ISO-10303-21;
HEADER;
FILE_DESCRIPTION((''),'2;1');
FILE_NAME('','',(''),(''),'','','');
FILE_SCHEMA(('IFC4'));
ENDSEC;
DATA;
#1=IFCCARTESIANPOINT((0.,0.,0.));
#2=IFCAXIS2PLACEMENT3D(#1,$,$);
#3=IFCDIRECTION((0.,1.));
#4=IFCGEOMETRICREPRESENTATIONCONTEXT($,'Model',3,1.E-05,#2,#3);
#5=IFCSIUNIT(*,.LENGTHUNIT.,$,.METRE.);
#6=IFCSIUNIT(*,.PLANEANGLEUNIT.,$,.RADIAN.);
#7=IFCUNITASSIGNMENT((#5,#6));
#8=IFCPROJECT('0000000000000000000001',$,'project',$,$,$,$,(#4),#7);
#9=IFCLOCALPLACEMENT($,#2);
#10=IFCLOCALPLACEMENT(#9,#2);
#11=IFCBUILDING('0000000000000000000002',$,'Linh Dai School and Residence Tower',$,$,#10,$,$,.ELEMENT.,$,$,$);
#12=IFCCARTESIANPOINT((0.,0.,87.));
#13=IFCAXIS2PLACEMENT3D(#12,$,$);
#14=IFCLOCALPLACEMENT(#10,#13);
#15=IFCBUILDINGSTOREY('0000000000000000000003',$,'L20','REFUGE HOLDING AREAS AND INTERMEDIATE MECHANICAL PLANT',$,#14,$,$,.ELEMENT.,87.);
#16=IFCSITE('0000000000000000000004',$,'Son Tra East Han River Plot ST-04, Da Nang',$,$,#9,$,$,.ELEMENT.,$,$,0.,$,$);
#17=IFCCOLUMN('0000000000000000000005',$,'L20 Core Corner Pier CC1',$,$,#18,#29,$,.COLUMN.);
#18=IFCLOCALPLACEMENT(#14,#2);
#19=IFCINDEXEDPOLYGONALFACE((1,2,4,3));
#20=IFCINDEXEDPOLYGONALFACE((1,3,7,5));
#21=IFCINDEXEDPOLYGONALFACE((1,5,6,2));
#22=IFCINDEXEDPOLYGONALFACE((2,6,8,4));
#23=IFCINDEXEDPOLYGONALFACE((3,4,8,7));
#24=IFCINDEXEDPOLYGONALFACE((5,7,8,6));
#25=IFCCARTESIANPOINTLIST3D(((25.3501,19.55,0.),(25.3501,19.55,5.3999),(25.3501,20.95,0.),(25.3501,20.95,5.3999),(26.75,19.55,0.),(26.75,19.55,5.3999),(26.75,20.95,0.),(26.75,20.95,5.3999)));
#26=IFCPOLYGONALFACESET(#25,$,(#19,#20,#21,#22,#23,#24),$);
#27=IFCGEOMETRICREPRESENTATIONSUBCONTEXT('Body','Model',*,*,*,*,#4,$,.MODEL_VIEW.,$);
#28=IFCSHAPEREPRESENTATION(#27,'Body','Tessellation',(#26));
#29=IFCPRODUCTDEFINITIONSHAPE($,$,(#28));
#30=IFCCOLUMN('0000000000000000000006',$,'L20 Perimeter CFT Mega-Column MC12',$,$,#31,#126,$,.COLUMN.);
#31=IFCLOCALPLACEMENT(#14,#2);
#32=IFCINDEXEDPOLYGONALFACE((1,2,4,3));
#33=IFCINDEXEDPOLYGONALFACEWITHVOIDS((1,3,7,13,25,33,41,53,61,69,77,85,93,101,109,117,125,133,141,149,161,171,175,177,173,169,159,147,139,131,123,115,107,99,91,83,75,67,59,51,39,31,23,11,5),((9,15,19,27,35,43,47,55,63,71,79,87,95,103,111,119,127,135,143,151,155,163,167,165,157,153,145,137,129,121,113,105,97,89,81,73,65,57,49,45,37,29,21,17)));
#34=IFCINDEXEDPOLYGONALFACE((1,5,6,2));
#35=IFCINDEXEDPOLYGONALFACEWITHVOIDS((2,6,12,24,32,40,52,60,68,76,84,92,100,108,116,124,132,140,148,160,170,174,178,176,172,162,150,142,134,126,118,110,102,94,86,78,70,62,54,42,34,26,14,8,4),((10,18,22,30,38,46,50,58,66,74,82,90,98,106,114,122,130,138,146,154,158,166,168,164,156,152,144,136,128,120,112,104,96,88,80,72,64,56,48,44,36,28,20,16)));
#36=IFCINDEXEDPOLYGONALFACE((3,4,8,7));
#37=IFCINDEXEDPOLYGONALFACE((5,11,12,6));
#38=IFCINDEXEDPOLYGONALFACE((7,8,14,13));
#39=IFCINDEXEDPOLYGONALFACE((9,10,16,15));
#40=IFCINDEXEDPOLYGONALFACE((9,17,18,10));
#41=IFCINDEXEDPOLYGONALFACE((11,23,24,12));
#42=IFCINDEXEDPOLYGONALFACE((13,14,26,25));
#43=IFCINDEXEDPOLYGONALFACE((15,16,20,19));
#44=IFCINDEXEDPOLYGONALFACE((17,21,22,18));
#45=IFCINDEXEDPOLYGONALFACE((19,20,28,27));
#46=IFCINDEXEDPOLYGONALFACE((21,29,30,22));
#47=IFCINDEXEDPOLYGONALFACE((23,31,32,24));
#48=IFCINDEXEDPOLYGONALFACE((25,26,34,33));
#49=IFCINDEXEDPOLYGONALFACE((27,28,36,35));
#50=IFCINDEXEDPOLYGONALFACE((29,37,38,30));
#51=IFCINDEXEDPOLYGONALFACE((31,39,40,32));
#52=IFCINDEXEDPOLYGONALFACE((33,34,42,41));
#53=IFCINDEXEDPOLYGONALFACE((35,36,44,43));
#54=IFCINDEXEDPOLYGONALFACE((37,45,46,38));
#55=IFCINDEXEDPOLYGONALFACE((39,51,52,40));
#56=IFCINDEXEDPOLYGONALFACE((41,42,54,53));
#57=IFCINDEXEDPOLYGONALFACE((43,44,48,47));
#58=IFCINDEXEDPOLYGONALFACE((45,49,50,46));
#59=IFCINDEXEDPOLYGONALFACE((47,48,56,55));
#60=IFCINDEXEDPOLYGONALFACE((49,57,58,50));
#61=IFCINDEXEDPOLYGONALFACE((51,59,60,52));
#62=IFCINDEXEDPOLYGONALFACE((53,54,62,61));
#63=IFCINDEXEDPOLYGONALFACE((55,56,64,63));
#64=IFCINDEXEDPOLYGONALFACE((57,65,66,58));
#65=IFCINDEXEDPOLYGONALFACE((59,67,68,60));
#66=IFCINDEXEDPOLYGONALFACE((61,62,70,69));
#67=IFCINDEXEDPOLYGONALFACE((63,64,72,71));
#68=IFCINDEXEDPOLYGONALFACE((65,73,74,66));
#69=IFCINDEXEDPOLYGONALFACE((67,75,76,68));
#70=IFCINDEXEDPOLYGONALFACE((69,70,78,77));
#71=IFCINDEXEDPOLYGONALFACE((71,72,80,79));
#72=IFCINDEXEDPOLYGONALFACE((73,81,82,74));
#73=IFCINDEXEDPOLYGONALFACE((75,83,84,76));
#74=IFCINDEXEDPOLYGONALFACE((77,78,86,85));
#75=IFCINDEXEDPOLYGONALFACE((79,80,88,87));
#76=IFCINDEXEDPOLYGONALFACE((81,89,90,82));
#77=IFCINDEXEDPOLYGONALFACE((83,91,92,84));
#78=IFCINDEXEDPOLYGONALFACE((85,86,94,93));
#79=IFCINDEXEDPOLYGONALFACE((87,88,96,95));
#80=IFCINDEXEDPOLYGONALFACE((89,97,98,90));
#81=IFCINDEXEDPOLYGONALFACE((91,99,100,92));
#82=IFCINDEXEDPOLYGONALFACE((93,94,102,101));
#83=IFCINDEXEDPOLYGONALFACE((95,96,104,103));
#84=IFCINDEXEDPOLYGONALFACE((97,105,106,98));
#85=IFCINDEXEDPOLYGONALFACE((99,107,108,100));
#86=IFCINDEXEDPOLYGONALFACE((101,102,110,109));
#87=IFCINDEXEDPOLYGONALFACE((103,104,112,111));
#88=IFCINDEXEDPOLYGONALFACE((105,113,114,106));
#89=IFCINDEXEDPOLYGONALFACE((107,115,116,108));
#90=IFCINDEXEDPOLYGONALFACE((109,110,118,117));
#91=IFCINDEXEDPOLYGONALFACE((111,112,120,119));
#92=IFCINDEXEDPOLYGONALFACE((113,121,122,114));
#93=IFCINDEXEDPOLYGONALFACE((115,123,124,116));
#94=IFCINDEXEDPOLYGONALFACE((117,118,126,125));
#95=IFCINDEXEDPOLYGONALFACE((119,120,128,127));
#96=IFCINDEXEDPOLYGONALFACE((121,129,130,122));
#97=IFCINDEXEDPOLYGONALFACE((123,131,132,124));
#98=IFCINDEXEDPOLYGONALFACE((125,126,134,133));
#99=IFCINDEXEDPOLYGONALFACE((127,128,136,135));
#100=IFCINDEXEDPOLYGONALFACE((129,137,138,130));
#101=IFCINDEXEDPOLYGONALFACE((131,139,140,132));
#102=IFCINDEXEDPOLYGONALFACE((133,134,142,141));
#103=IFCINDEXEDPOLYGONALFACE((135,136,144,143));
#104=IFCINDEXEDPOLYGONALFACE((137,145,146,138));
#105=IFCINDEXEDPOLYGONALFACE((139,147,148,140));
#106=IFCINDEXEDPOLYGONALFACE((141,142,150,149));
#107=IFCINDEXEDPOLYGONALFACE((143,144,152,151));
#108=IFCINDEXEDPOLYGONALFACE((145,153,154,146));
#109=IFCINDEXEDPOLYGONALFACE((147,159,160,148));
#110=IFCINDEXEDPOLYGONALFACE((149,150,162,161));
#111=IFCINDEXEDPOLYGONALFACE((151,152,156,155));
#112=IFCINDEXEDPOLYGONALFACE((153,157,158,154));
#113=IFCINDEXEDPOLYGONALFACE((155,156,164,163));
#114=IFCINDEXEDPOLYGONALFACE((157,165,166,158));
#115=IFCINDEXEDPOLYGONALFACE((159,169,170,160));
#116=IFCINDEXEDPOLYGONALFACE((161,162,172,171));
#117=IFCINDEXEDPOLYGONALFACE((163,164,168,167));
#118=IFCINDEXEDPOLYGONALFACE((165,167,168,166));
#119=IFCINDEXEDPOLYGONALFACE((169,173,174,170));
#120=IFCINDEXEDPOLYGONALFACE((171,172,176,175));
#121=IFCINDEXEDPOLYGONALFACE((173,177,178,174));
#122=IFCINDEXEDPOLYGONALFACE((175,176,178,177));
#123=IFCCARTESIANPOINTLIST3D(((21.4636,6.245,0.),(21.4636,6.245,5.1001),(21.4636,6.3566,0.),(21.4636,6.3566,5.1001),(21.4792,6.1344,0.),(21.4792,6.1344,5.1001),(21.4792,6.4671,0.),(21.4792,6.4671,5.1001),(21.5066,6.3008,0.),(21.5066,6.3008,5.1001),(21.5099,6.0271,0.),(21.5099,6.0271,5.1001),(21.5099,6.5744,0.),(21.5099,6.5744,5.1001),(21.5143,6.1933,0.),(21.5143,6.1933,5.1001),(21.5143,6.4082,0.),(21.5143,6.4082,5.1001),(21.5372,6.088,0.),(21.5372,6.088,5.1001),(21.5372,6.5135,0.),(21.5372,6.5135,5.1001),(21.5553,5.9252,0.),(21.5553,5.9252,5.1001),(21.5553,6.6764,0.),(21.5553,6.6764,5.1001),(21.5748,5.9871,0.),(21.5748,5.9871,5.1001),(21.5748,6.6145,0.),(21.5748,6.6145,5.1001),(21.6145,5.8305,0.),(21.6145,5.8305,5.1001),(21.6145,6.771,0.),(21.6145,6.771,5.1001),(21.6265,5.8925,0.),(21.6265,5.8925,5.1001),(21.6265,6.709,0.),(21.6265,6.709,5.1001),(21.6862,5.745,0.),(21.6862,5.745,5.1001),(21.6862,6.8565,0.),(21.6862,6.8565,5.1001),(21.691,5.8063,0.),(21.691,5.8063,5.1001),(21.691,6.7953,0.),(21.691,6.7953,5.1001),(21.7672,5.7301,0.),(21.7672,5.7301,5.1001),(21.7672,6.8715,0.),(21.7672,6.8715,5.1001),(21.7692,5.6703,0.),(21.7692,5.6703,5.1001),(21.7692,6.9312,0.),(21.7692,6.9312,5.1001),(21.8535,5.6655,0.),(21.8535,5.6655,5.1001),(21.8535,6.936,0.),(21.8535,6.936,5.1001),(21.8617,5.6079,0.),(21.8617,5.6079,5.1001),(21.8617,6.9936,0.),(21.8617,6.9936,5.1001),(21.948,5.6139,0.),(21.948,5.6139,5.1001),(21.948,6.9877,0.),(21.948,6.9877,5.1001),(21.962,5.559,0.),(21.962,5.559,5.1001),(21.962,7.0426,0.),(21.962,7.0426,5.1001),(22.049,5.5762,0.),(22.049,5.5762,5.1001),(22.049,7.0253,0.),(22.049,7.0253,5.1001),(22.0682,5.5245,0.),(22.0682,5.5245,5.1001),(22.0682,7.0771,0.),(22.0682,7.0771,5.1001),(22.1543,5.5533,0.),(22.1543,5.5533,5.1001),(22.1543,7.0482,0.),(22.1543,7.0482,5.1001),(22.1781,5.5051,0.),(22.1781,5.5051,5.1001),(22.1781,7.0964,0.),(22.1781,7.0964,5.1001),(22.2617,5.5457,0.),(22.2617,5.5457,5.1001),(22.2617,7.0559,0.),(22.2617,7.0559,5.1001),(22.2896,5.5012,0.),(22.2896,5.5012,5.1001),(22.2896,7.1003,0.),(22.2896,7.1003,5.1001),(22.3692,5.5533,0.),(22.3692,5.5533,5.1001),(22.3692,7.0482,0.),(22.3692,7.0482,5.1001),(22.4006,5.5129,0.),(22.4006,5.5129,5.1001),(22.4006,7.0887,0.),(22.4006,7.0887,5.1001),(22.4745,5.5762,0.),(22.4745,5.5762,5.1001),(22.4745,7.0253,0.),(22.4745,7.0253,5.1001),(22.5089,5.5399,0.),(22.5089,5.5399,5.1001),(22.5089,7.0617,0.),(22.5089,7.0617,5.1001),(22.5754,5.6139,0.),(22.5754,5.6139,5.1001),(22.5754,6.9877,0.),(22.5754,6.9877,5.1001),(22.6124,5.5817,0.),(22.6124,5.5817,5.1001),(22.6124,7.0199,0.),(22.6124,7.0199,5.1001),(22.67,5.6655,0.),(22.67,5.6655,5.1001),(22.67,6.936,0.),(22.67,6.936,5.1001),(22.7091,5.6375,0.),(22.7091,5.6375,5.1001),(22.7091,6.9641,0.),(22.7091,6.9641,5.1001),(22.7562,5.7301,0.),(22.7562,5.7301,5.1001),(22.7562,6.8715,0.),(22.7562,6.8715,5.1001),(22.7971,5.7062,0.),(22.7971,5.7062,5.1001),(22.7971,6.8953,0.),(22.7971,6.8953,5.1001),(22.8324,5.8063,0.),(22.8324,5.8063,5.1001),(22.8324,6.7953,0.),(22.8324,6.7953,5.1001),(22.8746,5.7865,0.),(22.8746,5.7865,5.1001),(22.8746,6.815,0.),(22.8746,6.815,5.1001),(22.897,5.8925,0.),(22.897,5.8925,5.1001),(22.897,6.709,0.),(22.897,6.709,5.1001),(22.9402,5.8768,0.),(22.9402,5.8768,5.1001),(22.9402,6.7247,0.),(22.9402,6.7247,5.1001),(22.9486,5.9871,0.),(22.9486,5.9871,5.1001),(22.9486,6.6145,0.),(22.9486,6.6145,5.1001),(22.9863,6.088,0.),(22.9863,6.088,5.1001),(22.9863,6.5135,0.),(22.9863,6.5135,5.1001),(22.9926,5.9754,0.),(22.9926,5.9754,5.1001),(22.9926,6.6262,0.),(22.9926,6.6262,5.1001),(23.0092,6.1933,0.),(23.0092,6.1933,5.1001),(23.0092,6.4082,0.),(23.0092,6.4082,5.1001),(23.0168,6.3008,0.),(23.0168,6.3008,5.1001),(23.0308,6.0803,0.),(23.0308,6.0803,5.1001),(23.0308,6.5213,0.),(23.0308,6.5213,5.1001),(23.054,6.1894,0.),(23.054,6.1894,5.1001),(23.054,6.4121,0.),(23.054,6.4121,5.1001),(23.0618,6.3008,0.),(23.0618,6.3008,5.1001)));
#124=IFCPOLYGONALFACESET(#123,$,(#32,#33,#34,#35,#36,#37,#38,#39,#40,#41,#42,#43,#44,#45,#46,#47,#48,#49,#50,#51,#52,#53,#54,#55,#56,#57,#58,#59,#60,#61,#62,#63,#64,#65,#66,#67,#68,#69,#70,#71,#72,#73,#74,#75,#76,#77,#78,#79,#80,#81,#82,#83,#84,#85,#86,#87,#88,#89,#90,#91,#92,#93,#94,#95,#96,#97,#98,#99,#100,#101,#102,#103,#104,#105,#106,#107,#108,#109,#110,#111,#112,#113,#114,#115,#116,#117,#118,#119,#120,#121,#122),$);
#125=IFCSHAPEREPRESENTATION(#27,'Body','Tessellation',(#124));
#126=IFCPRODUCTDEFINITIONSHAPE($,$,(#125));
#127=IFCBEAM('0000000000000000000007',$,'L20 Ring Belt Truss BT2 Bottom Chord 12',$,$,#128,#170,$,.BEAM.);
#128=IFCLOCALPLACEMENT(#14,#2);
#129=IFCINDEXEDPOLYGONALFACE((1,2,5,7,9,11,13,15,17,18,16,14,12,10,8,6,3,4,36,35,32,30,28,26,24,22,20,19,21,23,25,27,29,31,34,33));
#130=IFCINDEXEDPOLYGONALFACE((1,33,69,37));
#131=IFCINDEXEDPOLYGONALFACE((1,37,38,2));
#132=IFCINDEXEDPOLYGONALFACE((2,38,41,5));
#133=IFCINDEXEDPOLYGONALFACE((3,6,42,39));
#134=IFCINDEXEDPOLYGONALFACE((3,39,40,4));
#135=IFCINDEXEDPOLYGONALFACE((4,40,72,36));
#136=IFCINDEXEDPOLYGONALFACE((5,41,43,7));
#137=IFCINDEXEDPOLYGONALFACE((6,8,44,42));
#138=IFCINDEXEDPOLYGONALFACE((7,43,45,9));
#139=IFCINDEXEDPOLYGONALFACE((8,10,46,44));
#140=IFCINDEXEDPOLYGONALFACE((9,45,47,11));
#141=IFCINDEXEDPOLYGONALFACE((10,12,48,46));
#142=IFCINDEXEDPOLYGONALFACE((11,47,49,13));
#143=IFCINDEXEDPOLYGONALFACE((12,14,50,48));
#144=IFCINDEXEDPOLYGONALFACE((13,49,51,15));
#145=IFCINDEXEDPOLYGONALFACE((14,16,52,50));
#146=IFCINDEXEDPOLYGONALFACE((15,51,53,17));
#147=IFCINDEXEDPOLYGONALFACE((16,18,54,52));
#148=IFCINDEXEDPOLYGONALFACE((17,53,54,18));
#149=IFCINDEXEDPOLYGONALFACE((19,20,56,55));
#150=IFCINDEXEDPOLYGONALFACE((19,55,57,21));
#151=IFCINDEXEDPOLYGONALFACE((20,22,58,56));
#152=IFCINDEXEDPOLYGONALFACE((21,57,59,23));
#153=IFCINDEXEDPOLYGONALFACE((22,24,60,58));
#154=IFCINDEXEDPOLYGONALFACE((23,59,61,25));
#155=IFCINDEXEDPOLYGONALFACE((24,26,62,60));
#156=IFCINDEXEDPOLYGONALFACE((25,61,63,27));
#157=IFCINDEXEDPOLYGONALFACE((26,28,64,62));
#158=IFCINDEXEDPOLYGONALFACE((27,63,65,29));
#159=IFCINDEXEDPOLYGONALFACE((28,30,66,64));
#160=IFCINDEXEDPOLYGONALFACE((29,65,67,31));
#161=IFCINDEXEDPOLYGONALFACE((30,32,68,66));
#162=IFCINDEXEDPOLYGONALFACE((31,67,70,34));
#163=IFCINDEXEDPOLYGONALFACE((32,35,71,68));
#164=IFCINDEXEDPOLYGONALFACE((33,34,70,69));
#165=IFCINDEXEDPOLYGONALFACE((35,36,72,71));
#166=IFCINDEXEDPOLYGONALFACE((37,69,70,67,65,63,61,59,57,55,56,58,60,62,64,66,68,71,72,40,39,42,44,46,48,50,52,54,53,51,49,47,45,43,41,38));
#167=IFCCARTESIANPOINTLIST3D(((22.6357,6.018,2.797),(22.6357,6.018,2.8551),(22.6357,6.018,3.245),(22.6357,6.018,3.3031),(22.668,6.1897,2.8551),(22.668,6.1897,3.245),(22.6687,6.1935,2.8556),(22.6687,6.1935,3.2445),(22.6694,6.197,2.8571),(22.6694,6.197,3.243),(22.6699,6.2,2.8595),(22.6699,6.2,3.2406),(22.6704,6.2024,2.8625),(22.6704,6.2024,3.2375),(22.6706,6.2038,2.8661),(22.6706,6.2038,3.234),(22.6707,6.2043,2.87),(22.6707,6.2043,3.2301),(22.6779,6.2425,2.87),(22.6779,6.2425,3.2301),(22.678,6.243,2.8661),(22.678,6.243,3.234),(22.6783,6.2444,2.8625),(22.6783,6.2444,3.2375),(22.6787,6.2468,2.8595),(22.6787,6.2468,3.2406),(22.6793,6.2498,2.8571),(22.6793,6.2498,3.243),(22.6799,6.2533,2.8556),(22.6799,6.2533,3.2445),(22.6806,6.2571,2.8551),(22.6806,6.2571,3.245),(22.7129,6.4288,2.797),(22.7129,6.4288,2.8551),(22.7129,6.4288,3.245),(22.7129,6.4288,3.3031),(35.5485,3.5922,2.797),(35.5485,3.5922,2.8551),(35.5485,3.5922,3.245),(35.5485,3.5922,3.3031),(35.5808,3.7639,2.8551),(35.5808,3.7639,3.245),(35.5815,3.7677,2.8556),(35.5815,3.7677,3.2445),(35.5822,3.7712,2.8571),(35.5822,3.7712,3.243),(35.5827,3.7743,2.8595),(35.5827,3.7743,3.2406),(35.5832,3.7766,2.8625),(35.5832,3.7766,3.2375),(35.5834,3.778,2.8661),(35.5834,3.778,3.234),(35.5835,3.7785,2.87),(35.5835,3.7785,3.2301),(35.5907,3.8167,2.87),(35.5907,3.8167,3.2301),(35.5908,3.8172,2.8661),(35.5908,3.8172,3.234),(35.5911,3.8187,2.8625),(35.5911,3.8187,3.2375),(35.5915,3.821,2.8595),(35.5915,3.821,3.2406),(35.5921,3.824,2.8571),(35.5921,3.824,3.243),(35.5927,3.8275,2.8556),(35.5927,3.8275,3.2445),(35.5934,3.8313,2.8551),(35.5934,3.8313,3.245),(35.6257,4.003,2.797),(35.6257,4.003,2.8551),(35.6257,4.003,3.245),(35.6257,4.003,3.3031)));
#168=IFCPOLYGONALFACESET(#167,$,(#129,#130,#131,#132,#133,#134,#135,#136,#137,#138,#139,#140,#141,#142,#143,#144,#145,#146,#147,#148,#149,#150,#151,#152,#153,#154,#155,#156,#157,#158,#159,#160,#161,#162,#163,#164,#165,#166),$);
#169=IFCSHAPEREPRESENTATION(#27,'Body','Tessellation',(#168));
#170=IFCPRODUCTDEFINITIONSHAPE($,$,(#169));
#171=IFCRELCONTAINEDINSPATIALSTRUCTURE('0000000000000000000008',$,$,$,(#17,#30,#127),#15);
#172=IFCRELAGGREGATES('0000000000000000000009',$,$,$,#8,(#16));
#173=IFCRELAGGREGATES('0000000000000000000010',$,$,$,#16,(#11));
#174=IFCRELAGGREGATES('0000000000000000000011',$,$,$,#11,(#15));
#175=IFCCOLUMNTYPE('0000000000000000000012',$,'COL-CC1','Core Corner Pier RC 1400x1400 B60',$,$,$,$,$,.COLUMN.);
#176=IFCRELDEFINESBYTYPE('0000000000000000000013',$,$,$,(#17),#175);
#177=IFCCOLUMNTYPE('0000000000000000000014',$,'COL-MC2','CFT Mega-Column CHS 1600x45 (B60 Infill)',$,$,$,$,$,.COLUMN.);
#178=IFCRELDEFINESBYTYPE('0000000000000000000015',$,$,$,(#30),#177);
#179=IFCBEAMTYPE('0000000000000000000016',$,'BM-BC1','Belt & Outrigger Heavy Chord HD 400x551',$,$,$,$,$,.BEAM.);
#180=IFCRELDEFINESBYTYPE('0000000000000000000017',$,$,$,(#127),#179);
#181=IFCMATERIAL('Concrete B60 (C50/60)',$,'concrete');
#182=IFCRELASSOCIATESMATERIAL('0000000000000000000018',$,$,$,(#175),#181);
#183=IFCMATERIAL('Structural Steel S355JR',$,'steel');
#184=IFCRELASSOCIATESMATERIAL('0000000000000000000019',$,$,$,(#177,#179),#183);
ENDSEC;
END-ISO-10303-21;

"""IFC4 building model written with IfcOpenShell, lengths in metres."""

from ifc_helpers import new_model, si_unit, direction, frame, origin, origin_2d, place, context, subcontext, project, spatial, rectangle, hollow_circle, i_section, extrude, material, material_profile, profile_set, type_object, element, save


model = new_model("IFC4")

# Units and contexts
model_context = context("Model", 3, precision=1e-05, world=origin(), true_north=direction((0.0, 1.0)))
body_context = subcontext(model_context, "Body", "Model", "MODEL_VIEW")
ifc_project = project(units=[si_unit("LENGTHUNIT", "METRE"), si_unit("PLANEANGLEUNIT", "RADIAN")], contexts=[model_context])

# Site, building, storey
site_placement = place(None, origin())
site = spatial("IfcSite", under=ifc_project, at=site_placement, Name="Son Tra East Han River Plot ST-04, Da Nang", CompositionType="ELEMENT", RefElevation=0.0)
building_placement = place(site_placement, origin())
building = spatial("IfcBuilding", under=site, at=building_placement, Name="Linh Dai School and Residence Tower", CompositionType="ELEMENT")
storey_placement = place(building_placement, frame((0.0, 0.0, 87.0)))
storey = spatial("IfcBuildingStorey", under=building, at=storey_placement, Name="L20", Description="REFUGE HOLDING AREAS AND INTERMEDIATE MECHANICAL PLANT", CompositionType="ELEMENT", Elevation=87.0)

# Columns
ifc_material_1 = material(Name="Concrete B60 (C50/60)", Category="concrete")
ifc_material_profile_1 = material_profile(ifc_material_1, rectangle(XDim=1.3999, YDim=1.3999, at=origin_2d()), Name="RC 1400x1400")
ifc_profile_set_1 = profile_set([ifc_material_profile_1], Name="Concrete B60 (C50/60)")
column_type_1 = type_object("IfcColumnType", Name="COL-CC1", Description="Core Corner Pier RC 1400x1400 B60", PredefinedType="COLUMN", material=ifc_profile_set_1)
column_1_placement = place(storey_placement, frame((26.05, 20.25, 0.0), z_axis=(0.0, 0.0, 1.0), x_axis=(1.0, 0.0, 0.0)))
element("IfcColumn", 1, at=column_1_placement, inside=storey, type_object=column_type_1, Name="L20 Core Corner Pier CC1", PredefinedType="COLUMN", context=body_context, shape_type="SweptSolid", body=[
    extrude(rectangle(XDim=1.3999, YDim=1.3999, at=origin_2d()), origin(), (0.0, 0.0, 1.0), 5.3999),
])
ifc_material_2 = material(Name="Structural Steel S355JR", Category="steel")
ifc_material_profile_2 = material_profile(ifc_material_2, hollow_circle(Radius=0.8, WallThickness=0.0449, at=origin_2d()), Name="CHS 1600x45")
ifc_profile_set_2 = profile_set([ifc_material_profile_2], Name="Structural Steel S355JR")
column_type_2 = type_object("IfcColumnType", Name="COL-MC2", Description="CFT Mega-Column CHS 1600x45 (B60 Infill)", PredefinedType="COLUMN", material=ifc_profile_set_2)
column_2_placement = place(storey_placement, frame((22.2617, 6.3008, 0.0), z_axis=(0.0, 0.0, 1.0), x_axis=(1.0, 0.0, 0.0)))
element("IfcColumn", 2, at=column_2_placement, inside=storey, type_object=column_type_2, Name="L20 Perimeter CFT Mega-Column MC12", PredefinedType="COLUMN", context=body_context, shape_type="SweptSolid", body=[
    extrude(hollow_circle(Radius=0.8, WallThickness=0.0449, at=origin_2d()), origin(), (0.0, 0.0, 1.0), 5.1001),
])

# Beam
ifc_material_profile_3 = material_profile(ifc_material_2, i_section(OverallWidth=0.418, OverallDepth=0.5061, WebThickness=0.0388, FlangeThickness=0.0581, FilletRadius=0.0149, at=origin_2d()), Name="HD 400x551")
ifc_profile_set_3 = profile_set([ifc_material_profile_3], Name="Structural Steel S355JR")
beam_type_1 = type_object("IfcBeamType", Name="BM-BC1", Description="Belt & Outrigger Heavy Chord HD 400x551", PredefinedType="BEAM", material=ifc_profile_set_3)
beam_1_placement = place(storey_placement, frame((22.6743, 6.2234, 3.05), z_axis=(0.982808, -0.184628, 0.0), x_axis=(0.184628, 0.982808, 0.0)))
element("IfcBeam", 3, at=beam_1_placement, inside=storey, type_object=beam_type_1, Name="L20 Ring Belt Truss BT2 Bottom Chord 12", PredefinedType="BEAM", context=body_context, shape_type="SweptSolid", body=[
    extrude(i_section(OverallWidth=0.418, OverallDepth=0.5061, WebThickness=0.0388, FlangeThickness=0.0581, FilletRadius=0.0149, at=origin_2d()), origin(), (0.0, 0.0, 1.0), 13.1387),
])

save(model, "model.ifc")
